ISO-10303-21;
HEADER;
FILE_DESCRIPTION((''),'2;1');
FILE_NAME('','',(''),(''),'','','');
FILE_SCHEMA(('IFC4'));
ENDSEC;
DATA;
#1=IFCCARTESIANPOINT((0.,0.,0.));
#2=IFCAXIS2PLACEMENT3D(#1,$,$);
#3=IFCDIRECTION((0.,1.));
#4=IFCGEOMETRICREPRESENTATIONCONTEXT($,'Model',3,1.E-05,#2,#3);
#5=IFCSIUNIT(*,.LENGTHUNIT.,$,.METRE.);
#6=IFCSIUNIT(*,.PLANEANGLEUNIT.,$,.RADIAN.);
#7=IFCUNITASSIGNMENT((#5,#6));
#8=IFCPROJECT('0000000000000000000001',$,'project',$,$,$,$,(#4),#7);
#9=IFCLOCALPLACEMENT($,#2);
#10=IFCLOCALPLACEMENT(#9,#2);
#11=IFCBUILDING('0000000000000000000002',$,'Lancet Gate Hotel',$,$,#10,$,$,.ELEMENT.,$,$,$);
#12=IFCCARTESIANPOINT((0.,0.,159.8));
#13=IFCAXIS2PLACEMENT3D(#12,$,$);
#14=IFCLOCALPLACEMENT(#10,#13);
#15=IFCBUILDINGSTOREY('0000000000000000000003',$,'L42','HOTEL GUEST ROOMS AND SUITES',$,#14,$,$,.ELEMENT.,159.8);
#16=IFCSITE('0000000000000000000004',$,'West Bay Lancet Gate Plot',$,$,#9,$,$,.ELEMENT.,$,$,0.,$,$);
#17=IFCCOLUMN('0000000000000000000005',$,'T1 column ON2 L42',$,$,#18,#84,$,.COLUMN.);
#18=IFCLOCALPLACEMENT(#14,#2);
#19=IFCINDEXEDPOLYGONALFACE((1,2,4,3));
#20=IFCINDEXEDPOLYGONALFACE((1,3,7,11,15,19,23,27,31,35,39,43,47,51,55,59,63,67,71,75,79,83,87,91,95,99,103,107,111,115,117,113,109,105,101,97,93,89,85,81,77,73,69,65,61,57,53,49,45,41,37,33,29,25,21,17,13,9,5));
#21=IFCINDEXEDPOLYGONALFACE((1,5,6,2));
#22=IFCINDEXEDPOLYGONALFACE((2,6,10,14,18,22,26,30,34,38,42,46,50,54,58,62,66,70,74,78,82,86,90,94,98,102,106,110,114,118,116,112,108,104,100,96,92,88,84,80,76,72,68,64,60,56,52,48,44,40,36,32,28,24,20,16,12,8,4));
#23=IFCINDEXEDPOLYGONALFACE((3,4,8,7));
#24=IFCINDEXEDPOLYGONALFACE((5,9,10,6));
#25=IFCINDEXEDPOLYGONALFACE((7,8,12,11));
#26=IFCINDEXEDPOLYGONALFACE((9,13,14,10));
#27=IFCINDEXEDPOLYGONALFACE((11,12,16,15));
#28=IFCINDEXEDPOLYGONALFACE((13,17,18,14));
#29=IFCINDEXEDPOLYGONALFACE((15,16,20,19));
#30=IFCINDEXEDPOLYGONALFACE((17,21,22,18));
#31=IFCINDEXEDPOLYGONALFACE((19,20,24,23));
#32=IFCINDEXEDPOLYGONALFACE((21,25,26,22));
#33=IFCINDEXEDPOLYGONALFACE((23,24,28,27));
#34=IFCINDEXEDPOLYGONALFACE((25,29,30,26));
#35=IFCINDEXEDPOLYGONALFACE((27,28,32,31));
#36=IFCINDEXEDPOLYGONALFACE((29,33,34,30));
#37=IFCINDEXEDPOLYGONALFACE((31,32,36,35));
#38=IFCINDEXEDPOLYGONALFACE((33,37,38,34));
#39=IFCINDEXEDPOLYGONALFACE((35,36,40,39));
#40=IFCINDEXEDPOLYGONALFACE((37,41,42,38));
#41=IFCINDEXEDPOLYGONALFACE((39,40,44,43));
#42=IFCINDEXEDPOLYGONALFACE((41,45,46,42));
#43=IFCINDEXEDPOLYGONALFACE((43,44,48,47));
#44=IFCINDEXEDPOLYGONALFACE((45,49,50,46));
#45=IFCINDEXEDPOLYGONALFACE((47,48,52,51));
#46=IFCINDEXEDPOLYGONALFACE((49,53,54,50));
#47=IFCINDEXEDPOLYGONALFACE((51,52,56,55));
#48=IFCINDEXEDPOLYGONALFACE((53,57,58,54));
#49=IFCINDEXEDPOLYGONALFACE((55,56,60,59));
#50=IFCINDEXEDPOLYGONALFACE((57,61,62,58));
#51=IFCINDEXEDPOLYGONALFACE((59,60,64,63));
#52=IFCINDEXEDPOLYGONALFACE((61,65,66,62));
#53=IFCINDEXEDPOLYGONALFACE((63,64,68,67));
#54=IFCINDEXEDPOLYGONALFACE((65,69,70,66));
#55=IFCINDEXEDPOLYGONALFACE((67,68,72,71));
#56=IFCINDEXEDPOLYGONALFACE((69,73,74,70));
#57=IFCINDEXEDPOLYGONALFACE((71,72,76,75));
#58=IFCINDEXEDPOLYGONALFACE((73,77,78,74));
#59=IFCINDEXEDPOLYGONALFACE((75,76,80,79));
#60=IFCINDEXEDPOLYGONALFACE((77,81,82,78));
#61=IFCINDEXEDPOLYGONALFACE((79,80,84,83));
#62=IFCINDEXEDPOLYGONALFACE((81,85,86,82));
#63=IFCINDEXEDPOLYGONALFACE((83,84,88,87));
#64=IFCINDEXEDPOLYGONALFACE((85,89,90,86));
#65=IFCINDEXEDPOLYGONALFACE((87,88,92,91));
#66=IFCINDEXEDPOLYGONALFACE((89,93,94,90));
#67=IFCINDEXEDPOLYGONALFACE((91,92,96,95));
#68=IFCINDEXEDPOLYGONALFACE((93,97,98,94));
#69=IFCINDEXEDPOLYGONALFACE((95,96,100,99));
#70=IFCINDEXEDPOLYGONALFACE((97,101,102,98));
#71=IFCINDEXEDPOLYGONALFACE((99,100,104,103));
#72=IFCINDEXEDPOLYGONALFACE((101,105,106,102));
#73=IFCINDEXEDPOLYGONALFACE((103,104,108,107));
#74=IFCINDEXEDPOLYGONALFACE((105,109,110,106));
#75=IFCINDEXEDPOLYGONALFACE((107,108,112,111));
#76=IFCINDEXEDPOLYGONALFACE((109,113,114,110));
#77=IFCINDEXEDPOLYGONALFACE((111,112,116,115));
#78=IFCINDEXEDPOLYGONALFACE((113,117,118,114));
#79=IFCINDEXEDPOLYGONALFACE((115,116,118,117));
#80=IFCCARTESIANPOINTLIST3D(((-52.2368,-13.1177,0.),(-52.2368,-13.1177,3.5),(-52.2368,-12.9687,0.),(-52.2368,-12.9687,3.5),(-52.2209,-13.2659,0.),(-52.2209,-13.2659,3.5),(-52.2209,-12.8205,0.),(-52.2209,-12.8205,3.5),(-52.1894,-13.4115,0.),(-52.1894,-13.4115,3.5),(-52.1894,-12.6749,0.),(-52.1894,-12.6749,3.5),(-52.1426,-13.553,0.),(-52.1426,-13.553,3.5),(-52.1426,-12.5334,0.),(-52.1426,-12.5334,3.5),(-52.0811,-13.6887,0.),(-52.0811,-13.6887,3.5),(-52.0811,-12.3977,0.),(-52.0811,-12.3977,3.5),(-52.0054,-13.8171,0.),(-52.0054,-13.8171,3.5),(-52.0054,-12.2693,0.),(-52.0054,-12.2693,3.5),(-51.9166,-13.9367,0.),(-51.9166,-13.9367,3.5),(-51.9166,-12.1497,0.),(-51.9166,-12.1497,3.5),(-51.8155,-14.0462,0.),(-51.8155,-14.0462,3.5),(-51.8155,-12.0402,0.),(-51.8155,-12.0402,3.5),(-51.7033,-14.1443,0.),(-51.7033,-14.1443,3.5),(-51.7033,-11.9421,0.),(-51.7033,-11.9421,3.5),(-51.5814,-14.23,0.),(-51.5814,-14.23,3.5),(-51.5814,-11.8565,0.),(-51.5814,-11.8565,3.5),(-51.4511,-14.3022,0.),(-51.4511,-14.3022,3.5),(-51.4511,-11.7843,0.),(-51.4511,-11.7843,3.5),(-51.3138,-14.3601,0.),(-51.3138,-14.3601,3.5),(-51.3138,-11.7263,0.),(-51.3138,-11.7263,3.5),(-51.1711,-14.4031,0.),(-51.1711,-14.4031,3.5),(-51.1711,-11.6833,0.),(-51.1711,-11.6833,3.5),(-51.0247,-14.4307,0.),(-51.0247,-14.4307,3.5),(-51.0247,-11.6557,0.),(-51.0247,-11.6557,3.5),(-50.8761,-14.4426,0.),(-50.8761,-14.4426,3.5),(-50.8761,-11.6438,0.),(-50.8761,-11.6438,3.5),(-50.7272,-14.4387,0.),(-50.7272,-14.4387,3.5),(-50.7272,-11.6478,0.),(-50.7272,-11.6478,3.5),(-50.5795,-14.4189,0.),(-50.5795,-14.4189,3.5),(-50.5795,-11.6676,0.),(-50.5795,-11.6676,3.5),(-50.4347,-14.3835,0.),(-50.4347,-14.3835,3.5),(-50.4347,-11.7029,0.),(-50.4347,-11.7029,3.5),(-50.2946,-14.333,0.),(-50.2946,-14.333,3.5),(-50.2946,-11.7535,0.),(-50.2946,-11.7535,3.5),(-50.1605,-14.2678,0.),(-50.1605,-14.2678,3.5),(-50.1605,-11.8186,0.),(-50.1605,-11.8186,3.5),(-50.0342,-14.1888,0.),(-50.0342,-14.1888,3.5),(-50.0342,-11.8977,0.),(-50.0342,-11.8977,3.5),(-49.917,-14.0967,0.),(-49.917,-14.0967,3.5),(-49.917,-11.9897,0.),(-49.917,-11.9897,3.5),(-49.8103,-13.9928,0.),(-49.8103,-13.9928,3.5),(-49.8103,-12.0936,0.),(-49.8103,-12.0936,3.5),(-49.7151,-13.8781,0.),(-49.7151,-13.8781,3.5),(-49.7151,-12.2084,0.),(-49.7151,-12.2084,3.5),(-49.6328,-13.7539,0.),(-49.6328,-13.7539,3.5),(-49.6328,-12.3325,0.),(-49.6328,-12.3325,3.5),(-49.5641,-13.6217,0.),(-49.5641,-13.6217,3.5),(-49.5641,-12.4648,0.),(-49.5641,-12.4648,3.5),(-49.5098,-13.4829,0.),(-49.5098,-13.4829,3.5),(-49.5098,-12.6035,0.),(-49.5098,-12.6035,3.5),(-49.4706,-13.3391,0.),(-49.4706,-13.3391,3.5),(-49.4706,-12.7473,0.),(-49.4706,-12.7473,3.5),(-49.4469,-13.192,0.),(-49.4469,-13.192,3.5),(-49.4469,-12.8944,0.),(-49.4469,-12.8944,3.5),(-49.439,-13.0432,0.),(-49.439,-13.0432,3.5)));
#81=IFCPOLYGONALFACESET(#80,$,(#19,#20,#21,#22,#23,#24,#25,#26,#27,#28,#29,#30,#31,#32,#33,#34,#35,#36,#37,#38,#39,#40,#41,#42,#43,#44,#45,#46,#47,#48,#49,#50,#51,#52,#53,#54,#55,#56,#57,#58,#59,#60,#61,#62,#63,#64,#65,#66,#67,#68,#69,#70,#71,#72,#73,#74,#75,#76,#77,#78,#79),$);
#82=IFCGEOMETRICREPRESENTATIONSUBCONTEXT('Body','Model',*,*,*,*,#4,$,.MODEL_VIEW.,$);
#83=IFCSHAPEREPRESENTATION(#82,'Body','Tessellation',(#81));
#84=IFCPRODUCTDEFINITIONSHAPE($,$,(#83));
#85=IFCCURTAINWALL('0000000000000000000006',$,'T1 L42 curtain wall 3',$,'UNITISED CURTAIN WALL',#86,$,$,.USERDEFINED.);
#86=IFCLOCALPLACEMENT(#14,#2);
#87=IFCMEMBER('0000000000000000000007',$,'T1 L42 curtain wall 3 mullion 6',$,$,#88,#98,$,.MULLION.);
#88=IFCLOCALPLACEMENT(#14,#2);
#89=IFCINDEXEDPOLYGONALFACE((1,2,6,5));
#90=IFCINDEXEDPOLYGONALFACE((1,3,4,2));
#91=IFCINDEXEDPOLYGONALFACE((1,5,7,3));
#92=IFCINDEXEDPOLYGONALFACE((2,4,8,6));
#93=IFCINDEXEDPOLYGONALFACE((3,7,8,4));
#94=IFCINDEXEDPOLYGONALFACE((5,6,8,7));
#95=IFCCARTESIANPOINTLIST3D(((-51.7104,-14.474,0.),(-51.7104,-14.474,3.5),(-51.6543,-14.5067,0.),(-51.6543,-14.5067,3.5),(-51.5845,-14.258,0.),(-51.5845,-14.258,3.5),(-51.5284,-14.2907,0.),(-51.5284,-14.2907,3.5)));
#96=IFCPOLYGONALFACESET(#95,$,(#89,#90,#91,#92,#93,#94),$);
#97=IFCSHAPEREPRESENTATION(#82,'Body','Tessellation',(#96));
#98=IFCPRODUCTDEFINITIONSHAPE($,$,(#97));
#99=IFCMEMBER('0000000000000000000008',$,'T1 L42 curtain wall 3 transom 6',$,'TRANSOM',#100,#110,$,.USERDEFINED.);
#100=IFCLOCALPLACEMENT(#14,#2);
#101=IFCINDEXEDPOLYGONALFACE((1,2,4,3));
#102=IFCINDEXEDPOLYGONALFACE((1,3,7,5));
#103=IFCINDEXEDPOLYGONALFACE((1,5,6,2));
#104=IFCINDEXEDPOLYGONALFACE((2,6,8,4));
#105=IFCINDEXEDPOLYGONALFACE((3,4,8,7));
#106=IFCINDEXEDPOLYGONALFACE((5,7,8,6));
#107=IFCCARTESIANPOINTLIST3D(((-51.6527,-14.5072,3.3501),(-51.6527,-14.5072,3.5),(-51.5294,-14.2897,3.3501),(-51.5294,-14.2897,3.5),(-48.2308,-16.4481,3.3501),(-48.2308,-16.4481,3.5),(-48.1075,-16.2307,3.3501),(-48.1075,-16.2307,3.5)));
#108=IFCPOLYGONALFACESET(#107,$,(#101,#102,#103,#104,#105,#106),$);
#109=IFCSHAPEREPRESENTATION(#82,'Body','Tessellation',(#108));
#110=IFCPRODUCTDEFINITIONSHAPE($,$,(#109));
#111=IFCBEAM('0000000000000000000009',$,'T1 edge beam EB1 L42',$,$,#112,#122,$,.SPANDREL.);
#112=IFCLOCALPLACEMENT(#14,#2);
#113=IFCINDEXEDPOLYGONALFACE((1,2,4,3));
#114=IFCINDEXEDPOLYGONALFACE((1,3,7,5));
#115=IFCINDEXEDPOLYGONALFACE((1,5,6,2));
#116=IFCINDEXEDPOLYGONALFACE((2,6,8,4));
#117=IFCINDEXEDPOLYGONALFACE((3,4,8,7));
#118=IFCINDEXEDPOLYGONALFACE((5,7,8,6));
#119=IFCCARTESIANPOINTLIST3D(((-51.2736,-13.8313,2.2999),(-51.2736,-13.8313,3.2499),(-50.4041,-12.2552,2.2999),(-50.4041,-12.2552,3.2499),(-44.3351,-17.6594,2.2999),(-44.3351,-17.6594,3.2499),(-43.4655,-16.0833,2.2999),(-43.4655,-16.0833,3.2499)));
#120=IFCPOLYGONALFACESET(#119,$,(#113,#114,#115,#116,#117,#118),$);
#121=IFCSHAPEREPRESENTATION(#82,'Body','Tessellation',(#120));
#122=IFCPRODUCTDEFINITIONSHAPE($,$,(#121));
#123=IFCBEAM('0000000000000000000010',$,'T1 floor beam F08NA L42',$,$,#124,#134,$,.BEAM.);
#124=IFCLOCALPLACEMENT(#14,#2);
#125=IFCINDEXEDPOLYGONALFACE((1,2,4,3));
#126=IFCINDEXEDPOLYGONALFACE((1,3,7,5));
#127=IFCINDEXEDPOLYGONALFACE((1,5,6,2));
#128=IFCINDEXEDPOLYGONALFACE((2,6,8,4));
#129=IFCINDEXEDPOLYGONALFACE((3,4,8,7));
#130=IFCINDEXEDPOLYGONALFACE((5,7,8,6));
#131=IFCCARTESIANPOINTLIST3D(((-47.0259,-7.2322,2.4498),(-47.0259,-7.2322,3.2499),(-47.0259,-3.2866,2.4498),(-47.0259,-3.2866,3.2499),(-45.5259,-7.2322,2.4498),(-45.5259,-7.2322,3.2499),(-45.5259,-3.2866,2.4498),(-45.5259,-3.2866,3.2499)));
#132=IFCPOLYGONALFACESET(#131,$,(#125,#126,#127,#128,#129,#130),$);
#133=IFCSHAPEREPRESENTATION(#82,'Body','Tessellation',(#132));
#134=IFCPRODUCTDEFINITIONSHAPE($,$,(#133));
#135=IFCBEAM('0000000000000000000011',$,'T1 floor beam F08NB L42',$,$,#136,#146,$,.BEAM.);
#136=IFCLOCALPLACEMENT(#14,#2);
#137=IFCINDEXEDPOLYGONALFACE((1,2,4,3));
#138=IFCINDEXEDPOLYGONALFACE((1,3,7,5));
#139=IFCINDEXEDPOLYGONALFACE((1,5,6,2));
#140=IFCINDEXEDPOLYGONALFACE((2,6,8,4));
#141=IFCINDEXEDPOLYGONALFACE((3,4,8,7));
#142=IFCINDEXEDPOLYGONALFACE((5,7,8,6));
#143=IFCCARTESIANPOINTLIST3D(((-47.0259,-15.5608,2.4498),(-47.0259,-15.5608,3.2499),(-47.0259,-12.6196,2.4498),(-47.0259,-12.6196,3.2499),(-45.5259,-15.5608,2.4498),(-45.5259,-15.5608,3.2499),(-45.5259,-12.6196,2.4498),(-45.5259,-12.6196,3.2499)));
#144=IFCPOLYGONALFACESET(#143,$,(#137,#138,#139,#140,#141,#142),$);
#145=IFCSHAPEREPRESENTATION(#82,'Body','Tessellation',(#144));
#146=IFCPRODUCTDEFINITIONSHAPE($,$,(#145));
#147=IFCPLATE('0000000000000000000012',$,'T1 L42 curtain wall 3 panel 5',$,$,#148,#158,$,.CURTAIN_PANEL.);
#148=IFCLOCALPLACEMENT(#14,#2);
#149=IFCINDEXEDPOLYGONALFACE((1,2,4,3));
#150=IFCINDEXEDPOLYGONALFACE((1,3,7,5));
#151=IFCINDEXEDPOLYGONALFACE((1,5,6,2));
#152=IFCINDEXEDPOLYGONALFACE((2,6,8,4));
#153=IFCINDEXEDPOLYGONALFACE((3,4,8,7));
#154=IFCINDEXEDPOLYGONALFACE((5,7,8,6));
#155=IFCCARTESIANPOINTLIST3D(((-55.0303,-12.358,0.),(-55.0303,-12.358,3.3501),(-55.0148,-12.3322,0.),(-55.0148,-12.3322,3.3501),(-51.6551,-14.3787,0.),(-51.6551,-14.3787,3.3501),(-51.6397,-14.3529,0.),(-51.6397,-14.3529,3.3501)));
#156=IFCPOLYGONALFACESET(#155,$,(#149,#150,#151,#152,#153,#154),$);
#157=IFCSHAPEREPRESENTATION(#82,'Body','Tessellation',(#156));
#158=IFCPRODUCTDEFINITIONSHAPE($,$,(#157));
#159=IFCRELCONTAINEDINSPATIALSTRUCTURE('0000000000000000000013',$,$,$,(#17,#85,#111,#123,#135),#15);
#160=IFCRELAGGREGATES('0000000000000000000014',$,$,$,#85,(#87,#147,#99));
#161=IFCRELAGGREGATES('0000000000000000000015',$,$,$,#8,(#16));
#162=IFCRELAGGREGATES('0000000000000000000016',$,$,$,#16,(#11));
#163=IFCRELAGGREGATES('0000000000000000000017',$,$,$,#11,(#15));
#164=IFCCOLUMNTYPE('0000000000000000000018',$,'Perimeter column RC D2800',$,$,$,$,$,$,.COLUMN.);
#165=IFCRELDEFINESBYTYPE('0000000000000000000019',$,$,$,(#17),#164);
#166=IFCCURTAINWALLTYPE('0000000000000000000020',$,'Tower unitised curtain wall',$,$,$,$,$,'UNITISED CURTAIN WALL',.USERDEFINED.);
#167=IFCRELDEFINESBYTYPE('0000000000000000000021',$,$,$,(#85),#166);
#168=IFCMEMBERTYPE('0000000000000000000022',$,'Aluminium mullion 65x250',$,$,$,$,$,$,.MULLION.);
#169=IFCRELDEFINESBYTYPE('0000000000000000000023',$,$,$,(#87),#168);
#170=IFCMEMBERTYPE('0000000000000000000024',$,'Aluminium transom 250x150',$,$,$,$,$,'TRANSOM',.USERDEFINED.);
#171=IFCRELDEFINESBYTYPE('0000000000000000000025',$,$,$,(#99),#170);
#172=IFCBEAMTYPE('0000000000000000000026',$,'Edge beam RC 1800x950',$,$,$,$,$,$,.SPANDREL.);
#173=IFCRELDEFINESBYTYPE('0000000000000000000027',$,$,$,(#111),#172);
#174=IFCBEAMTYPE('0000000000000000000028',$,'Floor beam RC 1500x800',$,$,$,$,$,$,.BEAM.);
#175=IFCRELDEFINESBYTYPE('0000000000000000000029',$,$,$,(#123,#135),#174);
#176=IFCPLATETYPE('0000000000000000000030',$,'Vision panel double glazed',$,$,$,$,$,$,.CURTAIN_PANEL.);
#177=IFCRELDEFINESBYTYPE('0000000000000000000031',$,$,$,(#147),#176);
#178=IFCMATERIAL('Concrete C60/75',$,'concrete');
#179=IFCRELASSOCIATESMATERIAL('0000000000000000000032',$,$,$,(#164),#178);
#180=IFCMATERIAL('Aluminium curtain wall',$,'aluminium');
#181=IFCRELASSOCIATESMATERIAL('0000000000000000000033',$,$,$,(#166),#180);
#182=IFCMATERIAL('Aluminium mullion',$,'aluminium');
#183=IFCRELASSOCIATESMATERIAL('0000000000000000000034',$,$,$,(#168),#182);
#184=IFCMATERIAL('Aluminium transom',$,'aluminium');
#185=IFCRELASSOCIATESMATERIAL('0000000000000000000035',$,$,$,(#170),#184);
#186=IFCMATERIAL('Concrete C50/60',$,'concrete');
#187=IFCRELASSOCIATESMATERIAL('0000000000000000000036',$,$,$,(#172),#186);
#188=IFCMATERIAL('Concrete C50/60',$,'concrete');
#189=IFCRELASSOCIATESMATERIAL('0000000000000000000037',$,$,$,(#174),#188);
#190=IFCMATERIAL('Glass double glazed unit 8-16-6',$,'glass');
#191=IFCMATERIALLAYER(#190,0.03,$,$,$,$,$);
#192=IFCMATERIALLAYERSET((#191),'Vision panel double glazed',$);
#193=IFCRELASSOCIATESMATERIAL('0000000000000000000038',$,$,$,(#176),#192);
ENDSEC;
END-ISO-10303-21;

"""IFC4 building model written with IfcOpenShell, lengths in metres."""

from ifc_helpers import new_model, si_unit, direction, frame, origin, origin_2d, place, context, subcontext, project, spatial, rectangle, circle, extrude, material, layer, layer_set, material_profile, profile_set, type_object, element, aggregate, save


model = new_model("IFC4")

# Units and contexts
model_context = context("Model", 3, precision=1e-05, world=origin(), true_north=direction((0.0, 1.0)))
body_context = subcontext(model_context, "Body", "Model", "MODEL_VIEW")
ifc_project = project(units=[si_unit("LENGTHUNIT", "METRE"), si_unit("PLANEANGLEUNIT", "RADIAN")], contexts=[model_context])

# Site, building, storey
site_placement = place(None, origin())
site = spatial("IfcSite", under=ifc_project, at=site_placement, Name="West Bay Lancet Gate Plot", CompositionType="ELEMENT", RefElevation=0.0)
building_placement = place(site_placement, origin())
building = spatial("IfcBuilding", under=site, at=building_placement, Name="Lancet Gate Hotel", CompositionType="ELEMENT")
storey_placement = place(building_placement, frame((0.0, 0.0, 159.8)))
storey = spatial("IfcBuildingStorey", under=building, at=storey_placement, Name="L42", Description="HOTEL GUEST ROOMS AND SUITES", CompositionType="ELEMENT", Elevation=159.8)

# Column
ifc_material_1 = material(Name="Concrete C60/75", Category="concrete")
ifc_material_profile_1 = material_profile(ifc_material_1, circle(Radius=1.3999, at=origin_2d()), Name="RC D2800")
ifc_profile_set_1 = profile_set([ifc_material_profile_1], Name="Concrete C60/75")
column_type = type_object("IfcColumnType", Name="Perimeter column RC D2800", PredefinedType="COLUMN", material=ifc_profile_set_1)
column_placement = place(storey_placement, frame((-50.8389, -13.0432, 0.0), z_axis=(0.0, 0.0, 1.0), x_axis=(1.0, 0.0, 0.0)))
element("IfcColumn", 1, at=column_placement, inside=storey, type_object=column_type, Name="T1 column ON2 L42", PredefinedType="COLUMN", context=body_context, shape_type="SweptSolid", body=[
    extrude(circle(Radius=1.3999, at=origin_2d()), origin(), (0.0, 0.0, 1.0), 3.5),
])

# Curtain wall, members
ifc_material_2 = material(Name="Aluminium curtain wall", Category="aluminium")
curtain_wall_type = type_object("IfcCurtainWallType", Name="Tower unitised curtain wall", ElementType="UNITISED CURTAIN WALL", PredefinedType="USERDEFINED", material=ifc_material_2)
curtain_wall_placement = place(storey_placement, origin())
curtain_wall = element("IfcCurtainWall", 2, at=curtain_wall_placement, inside=storey, type_object=curtain_wall_type, Name="T1 L42 curtain wall 3", ObjectType="UNITISED CURTAIN WALL", PredefinedType="USERDEFINED")
ifc_material_3 = material(Name="Aluminium mullion", Category="aluminium")
ifc_material_profile_2 = material_profile(ifc_material_3, rectangle(XDim=0.0649, YDim=0.25, at=origin_2d()), Name="MULLION 65x250")
ifc_profile_set_2 = profile_set([ifc_material_profile_2], Name="Aluminium mullion")
member_type_1 = type_object("IfcMemberType", Name="Aluminium mullion 65x250", PredefinedType="MULLION", material=ifc_profile_set_2)
member_1_placement = place(storey_placement, frame((-51.6194, -14.3823, 0.0), z_axis=(0.0, 0.0, 1.0), x_axis=(0.863969, -0.503545, 0.0)))
member_1 = element("IfcMember", 3, at=member_1_placement, type_object=member_type_1, Name="T1 L42 curtain wall 3 mullion 6", PredefinedType="MULLION", context=body_context, shape_type="SweptSolid", body=[
    extrude(rectangle(XDim=0.0649, YDim=0.25, at=origin_2d()), origin(), (0.0, 0.0, 1.0), 3.5),
])
ifc_material_4 = material(Name="Aluminium transom", Category="aluminium")
ifc_material_profile_3 = material_profile(ifc_material_4, rectangle(XDim=0.25, YDim=0.1499, at=origin_2d()), Name="TRANSOM 250x150")
ifc_profile_set_3 = profile_set([ifc_material_profile_3], Name="Aluminium transom")
member_type_2 = type_object("IfcMemberType", Name="Aluminium transom 250x150", ElementType="TRANSOM", PredefinedType="USERDEFINED", material=ifc_profile_set_3)
member_2_placement = place(storey_placement, frame((-51.5911, -14.3984, 3.425), z_axis=(0.86982, -0.49337, 0.0), x_axis=(0.49337, 0.86982, 0.0)))
member_2 = element("IfcMember", 4, at=member_2_placement, type_object=member_type_2, Name="T1 L42 curtain wall 3 transom 6", ObjectType="TRANSOM", PredefinedType="USERDEFINED", context=body_context, shape_type="SweptSolid", body=[
    extrude(rectangle(XDim=0.25, YDim=0.1499, at=origin_2d()), origin(), (0.0, 0.0, 1.0), 3.9341),
])

# Beams
ifc_material_5 = material(Name="Concrete C50/60", Category="concrete")
ifc_material_profile_4 = material_profile(ifc_material_5, rectangle(XDim=1.8, YDim=0.95, at=origin_2d()), Name="RC 1800x950")
ifc_profile_set_4 = profile_set([ifc_material_profile_4], Name="Concrete C50/60")
beam_type_1 = type_object("IfcBeamType", Name="Edge beam RC 1800x950", PredefinedType="SPANDREL", material=ifc_profile_set_4)
beam_1_placement = place(storey_placement, frame((-50.8389, -13.0432, 2.7749), z_axis=(0.875578, -0.483077, 0.0), x_axis=(0.483077, 0.875578, 0.0)))
element("IfcBeam", 5, at=beam_1_placement, inside=storey, type_object=beam_type_1, Name="T1 edge beam EB1 L42", PredefinedType="SPANDREL", context=body_context, shape_type="SweptSolid", body=[
    extrude(rectangle(XDim=1.8, YDim=0.95, at=origin_2d()), origin(), (0.0, 0.0, 1.0), 7.9246),
])
ifc_material_6 = material(Name="Concrete C50/60", Category="concrete")
ifc_material_profile_5 = material_profile(ifc_material_6, rectangle(XDim=1.5, YDim=0.8, at=origin_2d()), Name="RC 1500x800")
ifc_profile_set_5 = profile_set([ifc_material_profile_5], Name="Concrete C50/60")
beam_type_2 = type_object("IfcBeamType", Name="Floor beam RC 1500x800", PredefinedType="BEAM", material=ifc_profile_set_5)
beam_2_placement = place(storey_placement, frame((-46.2759, -3.2866, 2.8499), z_axis=(0.0, -1.0, 0.0), x_axis=(1.0, 0.0, 0.0)))
element("IfcBeam", 6, at=beam_2_placement, inside=storey, type_object=beam_type_2, Name="T1 floor beam F08NA L42", PredefinedType="BEAM", context=body_context, shape_type="SweptSolid", body=[
    extrude(rectangle(XDim=1.5, YDim=0.8, at=origin_2d()), origin(), (0.0, 0.0, 1.0), 3.9456),
])
beam_3_placement = place(storey_placement, frame((-46.2759, -12.6196, 2.8499), z_axis=(0.0, -1.0, 0.0), x_axis=(1.0, 0.0, 0.0)))
element("IfcBeam", 7, at=beam_3_placement, inside=storey, type_object=beam_type_2, Name="T1 floor beam F08NB L42", PredefinedType="BEAM", context=body_context, shape_type="SweptSolid", body=[
    extrude(rectangle(XDim=1.5, YDim=0.8, at=origin_2d()), origin(), (0.0, 0.0, 1.0), 2.9412),
])

# Plate
ifc_material_7 = material(Name="Glass double glazed unit 8-16-6", Category="glass")
ifc_layer_1 = layer(ifc_material_7, 0.03)
ifc_layer_set_1 = layer_set([ifc_layer_1], Name="Vision panel double glazed")
plate_type = type_object("IfcPlateType", Name="Vision panel double glazed", PredefinedType="CURTAIN_PANEL", material=ifc_layer_set_1)
plate_placement = place(storey_placement, frame((-53.335, -13.3555, 0.0), z_axis=(0.0, 0.0, 1.0), x_axis=(0.857987, -0.513672, 0.0)))
plate = element("IfcPlate", 8, at=plate_placement, type_object=plate_type, Name="T1 L42 curtain wall 3 panel 5", PredefinedType="CURTAIN_PANEL", context=body_context, shape_type="SweptSolid", body=[
    extrude(rectangle(XDim=3.9338, YDim=0.03, at=origin_2d()), origin(), (0.0, 0.0, 1.0), 3.3501),
])
aggregate(curtain_wall, [member_1, plate, member_2])

save(model, "model.ifc")
